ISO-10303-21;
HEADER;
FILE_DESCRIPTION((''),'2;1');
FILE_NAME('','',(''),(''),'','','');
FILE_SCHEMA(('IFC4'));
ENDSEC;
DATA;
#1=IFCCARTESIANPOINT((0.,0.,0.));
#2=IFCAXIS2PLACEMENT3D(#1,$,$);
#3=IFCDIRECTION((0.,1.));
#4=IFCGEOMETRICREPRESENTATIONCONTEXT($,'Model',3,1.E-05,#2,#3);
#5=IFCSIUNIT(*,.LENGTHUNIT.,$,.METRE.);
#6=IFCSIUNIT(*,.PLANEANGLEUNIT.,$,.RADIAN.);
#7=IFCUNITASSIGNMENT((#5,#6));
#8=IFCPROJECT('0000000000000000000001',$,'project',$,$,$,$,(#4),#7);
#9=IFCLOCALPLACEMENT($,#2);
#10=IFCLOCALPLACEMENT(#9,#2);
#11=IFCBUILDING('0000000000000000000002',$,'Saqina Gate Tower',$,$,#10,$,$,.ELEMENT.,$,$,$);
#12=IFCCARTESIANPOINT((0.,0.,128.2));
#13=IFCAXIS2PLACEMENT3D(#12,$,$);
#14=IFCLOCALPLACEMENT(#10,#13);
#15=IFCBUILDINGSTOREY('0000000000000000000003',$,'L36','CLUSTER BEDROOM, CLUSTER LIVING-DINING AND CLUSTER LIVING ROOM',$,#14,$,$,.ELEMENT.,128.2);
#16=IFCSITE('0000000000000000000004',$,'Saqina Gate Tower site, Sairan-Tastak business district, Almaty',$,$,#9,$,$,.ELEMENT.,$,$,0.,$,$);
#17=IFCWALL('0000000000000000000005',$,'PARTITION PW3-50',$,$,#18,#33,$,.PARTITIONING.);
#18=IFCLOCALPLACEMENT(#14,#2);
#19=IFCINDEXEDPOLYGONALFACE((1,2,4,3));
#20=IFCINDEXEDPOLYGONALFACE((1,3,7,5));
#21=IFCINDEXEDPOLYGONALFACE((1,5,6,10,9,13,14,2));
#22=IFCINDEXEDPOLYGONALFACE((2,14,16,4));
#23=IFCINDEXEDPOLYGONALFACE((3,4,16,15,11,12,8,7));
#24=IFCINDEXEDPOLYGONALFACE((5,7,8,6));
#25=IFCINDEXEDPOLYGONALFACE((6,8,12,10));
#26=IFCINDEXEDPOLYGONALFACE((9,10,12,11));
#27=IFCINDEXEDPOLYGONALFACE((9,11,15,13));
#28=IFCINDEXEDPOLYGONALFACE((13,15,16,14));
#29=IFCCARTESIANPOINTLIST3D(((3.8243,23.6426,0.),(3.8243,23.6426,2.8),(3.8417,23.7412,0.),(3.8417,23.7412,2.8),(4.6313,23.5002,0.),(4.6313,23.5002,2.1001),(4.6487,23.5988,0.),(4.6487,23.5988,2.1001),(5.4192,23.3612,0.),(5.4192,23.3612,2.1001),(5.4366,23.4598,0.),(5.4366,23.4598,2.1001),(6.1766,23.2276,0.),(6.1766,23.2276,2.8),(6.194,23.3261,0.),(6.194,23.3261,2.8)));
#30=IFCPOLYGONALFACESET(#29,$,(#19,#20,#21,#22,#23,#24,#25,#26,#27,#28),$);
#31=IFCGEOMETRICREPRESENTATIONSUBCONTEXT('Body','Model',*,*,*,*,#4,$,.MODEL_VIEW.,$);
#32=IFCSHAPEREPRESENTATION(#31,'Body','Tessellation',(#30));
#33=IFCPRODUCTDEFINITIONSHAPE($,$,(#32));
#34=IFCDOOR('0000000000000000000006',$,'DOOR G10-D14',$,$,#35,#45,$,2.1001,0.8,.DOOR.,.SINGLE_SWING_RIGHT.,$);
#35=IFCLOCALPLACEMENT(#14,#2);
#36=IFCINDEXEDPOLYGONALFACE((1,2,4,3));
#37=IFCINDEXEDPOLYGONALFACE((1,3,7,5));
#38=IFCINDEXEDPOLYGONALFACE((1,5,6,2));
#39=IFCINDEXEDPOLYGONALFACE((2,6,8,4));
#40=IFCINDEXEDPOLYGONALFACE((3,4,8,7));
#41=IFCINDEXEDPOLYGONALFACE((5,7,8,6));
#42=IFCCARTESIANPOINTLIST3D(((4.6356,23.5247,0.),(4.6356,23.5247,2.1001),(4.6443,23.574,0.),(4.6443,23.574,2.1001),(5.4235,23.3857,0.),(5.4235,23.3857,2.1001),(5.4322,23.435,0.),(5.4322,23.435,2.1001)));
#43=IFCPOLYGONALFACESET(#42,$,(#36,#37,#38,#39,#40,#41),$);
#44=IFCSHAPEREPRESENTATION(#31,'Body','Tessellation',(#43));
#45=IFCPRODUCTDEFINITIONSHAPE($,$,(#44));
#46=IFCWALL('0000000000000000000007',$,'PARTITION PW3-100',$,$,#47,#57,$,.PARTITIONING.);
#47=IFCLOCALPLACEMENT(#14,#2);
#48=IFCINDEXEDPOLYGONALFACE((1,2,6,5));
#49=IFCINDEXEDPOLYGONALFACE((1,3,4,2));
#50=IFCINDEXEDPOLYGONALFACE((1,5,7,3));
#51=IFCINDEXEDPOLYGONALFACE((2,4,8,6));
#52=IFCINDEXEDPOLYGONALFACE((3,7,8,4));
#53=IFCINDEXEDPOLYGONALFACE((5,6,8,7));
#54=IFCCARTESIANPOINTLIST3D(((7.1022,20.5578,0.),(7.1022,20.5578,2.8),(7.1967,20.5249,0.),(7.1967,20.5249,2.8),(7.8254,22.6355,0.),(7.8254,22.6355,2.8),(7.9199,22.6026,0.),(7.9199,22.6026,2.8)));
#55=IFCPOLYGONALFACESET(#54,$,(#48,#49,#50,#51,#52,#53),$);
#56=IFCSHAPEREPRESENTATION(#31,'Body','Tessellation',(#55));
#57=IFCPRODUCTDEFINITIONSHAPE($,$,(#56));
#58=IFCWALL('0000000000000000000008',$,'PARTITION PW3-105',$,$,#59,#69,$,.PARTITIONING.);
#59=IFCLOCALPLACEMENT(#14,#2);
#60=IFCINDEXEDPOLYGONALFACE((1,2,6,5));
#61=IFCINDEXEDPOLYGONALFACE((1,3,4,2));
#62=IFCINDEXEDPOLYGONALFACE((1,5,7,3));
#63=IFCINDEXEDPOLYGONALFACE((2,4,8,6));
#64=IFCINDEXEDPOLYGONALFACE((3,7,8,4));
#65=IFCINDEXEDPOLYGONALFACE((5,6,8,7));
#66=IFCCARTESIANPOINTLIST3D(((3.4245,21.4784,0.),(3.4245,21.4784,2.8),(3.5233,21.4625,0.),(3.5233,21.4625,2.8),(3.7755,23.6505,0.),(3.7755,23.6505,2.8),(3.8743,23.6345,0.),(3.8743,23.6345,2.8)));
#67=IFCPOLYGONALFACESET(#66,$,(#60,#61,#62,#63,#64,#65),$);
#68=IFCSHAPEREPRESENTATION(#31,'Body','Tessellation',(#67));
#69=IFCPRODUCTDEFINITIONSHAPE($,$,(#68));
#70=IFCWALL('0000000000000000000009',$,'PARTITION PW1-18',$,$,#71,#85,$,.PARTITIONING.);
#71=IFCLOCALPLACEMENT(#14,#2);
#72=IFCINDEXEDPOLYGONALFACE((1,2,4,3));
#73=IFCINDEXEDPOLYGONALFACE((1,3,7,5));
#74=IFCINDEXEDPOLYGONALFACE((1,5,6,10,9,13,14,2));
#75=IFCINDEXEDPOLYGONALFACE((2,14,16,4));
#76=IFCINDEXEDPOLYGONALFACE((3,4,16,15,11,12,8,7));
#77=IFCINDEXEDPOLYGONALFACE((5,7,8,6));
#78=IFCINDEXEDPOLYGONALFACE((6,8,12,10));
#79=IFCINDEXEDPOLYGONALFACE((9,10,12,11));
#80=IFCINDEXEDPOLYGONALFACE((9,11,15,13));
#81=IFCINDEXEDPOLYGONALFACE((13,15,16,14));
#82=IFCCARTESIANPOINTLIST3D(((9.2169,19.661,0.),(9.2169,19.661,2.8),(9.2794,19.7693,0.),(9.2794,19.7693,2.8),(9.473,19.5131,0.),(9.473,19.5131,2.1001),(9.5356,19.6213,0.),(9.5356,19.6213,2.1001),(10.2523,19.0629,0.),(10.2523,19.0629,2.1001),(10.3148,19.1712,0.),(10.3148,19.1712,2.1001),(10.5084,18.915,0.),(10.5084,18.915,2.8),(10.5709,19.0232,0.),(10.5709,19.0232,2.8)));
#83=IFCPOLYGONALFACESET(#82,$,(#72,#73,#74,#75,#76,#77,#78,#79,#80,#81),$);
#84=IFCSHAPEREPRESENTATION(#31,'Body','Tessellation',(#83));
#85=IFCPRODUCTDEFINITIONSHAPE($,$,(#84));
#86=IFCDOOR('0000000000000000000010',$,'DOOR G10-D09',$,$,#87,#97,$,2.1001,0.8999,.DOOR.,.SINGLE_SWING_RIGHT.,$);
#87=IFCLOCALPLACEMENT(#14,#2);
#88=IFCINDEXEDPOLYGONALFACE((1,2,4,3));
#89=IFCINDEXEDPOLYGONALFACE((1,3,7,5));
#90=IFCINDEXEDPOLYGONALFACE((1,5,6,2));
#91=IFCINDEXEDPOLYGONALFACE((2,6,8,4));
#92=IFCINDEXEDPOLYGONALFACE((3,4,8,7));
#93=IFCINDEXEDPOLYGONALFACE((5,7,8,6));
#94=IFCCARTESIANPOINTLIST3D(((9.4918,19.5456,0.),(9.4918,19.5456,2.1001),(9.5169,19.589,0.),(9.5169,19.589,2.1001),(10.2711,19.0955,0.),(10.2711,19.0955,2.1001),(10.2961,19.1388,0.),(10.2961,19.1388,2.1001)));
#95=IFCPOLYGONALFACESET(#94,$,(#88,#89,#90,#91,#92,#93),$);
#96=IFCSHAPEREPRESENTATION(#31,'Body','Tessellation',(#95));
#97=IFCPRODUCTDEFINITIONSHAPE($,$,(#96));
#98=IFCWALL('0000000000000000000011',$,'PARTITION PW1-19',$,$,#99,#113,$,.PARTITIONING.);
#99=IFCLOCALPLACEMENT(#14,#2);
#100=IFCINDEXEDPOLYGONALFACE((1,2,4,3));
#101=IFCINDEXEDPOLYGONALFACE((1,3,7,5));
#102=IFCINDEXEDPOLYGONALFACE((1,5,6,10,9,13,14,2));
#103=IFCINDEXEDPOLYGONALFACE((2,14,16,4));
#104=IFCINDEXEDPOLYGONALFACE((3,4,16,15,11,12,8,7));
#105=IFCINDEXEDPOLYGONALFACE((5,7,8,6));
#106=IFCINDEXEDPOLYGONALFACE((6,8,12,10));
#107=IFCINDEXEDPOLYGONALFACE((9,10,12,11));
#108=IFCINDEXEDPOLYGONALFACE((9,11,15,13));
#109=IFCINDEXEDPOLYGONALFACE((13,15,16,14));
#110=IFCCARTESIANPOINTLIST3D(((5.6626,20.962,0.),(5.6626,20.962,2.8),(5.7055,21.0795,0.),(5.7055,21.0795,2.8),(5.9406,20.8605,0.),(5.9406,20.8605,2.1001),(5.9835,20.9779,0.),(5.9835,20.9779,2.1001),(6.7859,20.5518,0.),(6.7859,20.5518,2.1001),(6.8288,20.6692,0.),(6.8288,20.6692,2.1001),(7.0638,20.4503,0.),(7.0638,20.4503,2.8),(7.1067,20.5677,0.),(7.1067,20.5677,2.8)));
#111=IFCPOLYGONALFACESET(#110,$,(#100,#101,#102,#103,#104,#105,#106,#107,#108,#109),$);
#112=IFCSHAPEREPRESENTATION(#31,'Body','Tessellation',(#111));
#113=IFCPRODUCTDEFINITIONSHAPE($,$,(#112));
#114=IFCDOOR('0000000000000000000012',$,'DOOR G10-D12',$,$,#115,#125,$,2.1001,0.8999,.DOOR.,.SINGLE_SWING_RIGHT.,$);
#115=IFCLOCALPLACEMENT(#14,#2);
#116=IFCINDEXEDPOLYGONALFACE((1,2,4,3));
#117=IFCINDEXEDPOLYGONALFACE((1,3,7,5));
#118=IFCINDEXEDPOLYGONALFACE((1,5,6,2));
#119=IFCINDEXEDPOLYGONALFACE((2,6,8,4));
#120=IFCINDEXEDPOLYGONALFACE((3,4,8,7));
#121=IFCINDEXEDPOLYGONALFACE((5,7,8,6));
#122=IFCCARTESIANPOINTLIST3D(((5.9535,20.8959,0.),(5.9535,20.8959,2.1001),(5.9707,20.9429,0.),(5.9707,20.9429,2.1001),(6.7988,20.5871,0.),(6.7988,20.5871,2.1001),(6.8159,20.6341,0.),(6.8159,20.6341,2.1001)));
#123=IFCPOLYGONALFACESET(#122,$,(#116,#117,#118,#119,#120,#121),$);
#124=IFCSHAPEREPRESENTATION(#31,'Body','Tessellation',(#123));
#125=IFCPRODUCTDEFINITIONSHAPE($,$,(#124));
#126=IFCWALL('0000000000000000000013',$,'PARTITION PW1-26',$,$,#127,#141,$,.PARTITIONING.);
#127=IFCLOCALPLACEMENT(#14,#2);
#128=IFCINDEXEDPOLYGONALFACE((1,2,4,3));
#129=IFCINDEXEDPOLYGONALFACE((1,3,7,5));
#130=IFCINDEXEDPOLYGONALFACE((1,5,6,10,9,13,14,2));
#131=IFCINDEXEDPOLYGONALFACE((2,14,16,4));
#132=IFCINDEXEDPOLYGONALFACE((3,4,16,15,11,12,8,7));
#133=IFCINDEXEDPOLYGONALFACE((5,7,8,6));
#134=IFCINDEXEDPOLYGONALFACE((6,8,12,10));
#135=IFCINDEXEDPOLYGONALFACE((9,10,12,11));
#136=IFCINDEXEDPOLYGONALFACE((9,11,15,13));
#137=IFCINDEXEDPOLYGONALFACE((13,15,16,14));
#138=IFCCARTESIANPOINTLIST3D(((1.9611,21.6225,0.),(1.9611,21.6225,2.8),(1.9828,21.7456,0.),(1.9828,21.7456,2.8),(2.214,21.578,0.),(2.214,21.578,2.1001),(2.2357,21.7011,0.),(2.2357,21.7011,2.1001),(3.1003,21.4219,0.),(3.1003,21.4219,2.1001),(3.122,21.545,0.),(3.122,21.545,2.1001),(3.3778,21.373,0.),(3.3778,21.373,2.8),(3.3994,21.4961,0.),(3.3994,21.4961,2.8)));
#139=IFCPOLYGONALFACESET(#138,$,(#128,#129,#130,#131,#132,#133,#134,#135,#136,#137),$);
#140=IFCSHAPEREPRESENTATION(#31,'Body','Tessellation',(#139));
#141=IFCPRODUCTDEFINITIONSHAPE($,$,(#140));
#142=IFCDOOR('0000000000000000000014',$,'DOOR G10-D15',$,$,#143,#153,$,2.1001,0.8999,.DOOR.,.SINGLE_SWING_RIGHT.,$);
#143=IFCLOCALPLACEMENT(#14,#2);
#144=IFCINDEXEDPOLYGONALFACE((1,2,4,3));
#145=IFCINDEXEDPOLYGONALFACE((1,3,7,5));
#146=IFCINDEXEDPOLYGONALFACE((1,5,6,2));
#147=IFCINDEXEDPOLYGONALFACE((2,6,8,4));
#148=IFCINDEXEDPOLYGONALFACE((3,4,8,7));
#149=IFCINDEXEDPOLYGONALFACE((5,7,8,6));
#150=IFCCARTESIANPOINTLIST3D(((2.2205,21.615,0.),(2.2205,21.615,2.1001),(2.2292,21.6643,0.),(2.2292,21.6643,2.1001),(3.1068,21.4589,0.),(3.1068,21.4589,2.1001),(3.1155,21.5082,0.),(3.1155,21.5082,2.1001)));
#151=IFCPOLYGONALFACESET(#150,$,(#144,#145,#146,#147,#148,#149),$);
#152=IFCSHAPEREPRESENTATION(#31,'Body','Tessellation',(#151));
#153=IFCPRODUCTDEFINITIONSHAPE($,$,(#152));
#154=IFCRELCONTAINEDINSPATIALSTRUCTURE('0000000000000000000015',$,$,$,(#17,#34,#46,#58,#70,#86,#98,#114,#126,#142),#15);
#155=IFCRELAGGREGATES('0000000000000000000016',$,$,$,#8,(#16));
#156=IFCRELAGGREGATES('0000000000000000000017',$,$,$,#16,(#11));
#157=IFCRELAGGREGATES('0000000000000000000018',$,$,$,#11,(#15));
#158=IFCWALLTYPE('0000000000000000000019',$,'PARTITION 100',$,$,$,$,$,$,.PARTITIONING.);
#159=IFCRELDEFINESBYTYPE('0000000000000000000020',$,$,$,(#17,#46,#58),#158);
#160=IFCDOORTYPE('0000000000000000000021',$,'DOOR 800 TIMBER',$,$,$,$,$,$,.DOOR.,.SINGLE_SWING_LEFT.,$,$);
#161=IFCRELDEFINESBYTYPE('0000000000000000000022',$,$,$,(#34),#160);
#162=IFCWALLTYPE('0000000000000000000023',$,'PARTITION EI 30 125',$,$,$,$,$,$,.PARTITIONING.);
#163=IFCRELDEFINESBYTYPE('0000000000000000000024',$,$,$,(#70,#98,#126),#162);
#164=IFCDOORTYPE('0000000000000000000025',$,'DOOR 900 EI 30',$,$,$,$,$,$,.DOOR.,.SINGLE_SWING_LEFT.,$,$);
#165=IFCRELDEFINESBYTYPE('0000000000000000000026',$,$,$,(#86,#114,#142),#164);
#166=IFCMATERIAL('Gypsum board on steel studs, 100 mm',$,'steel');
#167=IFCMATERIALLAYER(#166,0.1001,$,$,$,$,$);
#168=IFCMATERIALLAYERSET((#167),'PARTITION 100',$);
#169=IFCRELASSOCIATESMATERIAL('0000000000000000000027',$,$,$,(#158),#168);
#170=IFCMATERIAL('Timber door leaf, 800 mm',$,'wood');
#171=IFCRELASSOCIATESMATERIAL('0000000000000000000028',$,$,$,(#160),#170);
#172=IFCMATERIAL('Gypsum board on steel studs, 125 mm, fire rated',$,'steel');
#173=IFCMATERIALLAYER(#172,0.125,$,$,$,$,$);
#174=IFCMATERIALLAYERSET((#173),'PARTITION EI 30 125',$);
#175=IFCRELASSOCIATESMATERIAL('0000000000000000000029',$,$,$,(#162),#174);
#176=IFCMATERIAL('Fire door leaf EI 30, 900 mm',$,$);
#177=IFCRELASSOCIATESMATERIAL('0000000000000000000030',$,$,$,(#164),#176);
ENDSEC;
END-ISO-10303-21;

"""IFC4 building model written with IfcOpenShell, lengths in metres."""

from ifc_helpers import new_model, si_unit, direction, frame, frame_2d, origin, place, context, subcontext, project, spatial, rectangle, extrude, material, layer, layer_set, type_object, element, fill, save


model = new_model("IFC4")

# Units and contexts
model_context = context("Model", 3, precision=1e-05, world=origin(), true_north=direction((0.0, 1.0)))
body_context = subcontext(model_context, "Body", "Model", "MODEL_VIEW")
ifc_project = project(units=[si_unit("LENGTHUNIT", "METRE"), si_unit("PLANEANGLEUNIT", "RADIAN")], contexts=[model_context])

# Site, building, storey
site_placement = place(None, origin())
site = spatial("IfcSite", under=ifc_project, at=site_placement, Name="Saqina Gate Tower site, Sairan-Tastak business district, Almaty", CompositionType="ELEMENT", RefElevation=0.0)
building_placement = place(site_placement, origin())
building = spatial("IfcBuilding", under=site, at=building_placement, Name="Saqina Gate Tower", CompositionType="ELEMENT")
storey_placement = place(building_placement, frame((0.0, 0.0, 128.2)))
storey = spatial("IfcBuildingStorey", under=building, at=storey_placement, Name="L36", Description="CLUSTER BEDROOM, CLUSTER LIVING-DINING AND CLUSTER LIVING ROOM", CompositionType="ELEMENT", Elevation=128.2)

# Shared definitions
ifc_material_1 = material(Name="Gypsum board on steel studs, 100 mm", Category="steel")
ifc_layer_1 = layer(ifc_material_1, 0.1001)
ifc_layer_set_1 = layer_set([ifc_layer_1], Name="PARTITION 100")
wall_type_1 = type_object("IfcWallType", Name="PARTITION 100", PredefinedType="PARTITIONING", material=ifc_layer_set_1)

# Shared definitions
ifc_material_2 = material(Name="Timber door leaf, 800 mm", Category="wood")
door_type_1 = type_object("IfcDoorType", Name="DOOR 800 TIMBER", OperationType="SINGLE_SWING_LEFT", PredefinedType="DOOR", material=ifc_material_2)

# Wall, opening, door
wall_1_placement = place(storey_placement, frame((3.833, 23.6919, 0.0), z_axis=(0.0, 0.0, 1.0), x_axis=(0.984789, -0.173756, 0.0)))
wall_1 = element("IfcWall", 1, at=wall_1_placement, inside=storey, type_object=wall_type_1, Name="PARTITION PW3-50", PredefinedType="PARTITIONING", context=body_context, shape_type="SweptSolid", body=[
    extrude(rectangle(XDim=2.3887, YDim=0.1001, at=frame_2d((1.1943, 0.0))), origin(), (0.0, 0.0, 1.0), 2.8),
])
opening_1_placement = place(wall_1_placement, frame((0.8196, 0.0, 0.0)))
opening_1 = element("IfcOpeningElement", 2, at=opening_1_placement, cuts=wall_1, PredefinedType="OPENING", context=body_context, shape_type="SweptSolid", body=[
    extrude(rectangle(XDim=0.8, YDim=2.1001, at=frame_2d((0.3999, 1.05))), frame((0.0, 0.062, 0.0), z_axis=(0.0, -1.0, 0.0), x_axis=(1.0, 0.0, 0.0)), (0.0, 0.0, 1.0), 0.124),
])
door_1_placement = place(opening_1_placement, origin())
door_1 = element("IfcDoor", 3, at=door_1_placement, inside=storey, type_object=door_type_1, Name="DOOR G10-D14", OperationType="SINGLE_SWING_RIGHT", OverallHeight=2.1001, OverallWidth=0.8, PredefinedType="DOOR", context=body_context, shape_type="SweptSolid", body=[
    extrude(rectangle(XDim=0.8, YDim=2.1001, at=frame_2d((0.3999, 1.05))), frame((0.0, 0.0249, 0.0), z_axis=(0.0, -1.0, 0.0), x_axis=(1.0, 0.0, 0.0)), (0.0, 0.0, 1.0), 0.05),
])
fill(opening_1, door_1)

# Walls
wall_2_placement = place(storey_placement, frame((7.1494, 20.5413, 0.0), z_axis=(0.0, 0.0, 1.0), x_axis=(0.328719, 0.944428, 0.0)))
element("IfcWall", 4, at=wall_2_placement, inside=storey, type_object=wall_type_1, Name="PARTITION PW3-100", PredefinedType="PARTITIONING", context=body_context, shape_type="SweptSolid", body=[
    extrude(rectangle(XDim=2.2, YDim=0.1001, at=frame_2d((1.1001, 0.0))), origin(), (0.0, 0.0, 1.0), 2.8),
])
wall_3_placement = place(storey_placement, frame((3.4739, 21.4705, 0.0), z_axis=(0.0, 0.0, 1.0), x_axis=(0.159557, 0.987189, 0.0)))
element("IfcWall", 5, at=wall_3_placement, inside=storey, type_object=wall_type_1, Name="PARTITION PW3-105", PredefinedType="PARTITIONING", context=body_context, shape_type="SweptSolid", body=[
    extrude(rectangle(XDim=2.2002, YDim=0.1001, at=frame_2d((1.1001, 0.0))), origin(), (0.0, 0.0, 1.0), 2.8),
])

# Walls, openings, doors
ifc_material_3 = material(Name="Gypsum board on steel studs, 125 mm, fire rated", Category="steel")
ifc_layer_2 = layer(ifc_material_3, 0.125)
ifc_layer_set_2 = layer_set([ifc_layer_2], Name="PARTITION EI 30 125")
wall_type_2 = type_object("IfcWallType", Name="PARTITION EI 30 125", PredefinedType="PARTITIONING", material=ifc_layer_set_2)
wall_4_placement = place(storey_placement, frame((9.2483, 19.7151, 0.0), z_axis=(0.0, 0.0, 1.0), x_axis=(0.865897, -0.500223, 0.0)))
wall_4 = element("IfcWall", 6, at=wall_4_placement, inside=storey, type_object=wall_type_2, Name="PARTITION PW1-18", PredefinedType="PARTITIONING", context=body_context, shape_type="SweptSolid", body=[
    extrude(rectangle(XDim=1.4915, YDim=0.125, at=frame_2d((0.7456, 0.0))), origin(), (0.0, 0.0, 1.0), 2.8),
])
opening_2_placement = place(wall_4_placement, frame((0.2957, 0.0, 0.0)))
opening_2 = element("IfcOpeningElement", 7, at=opening_2_placement, cuts=wall_4, PredefinedType="OPENING", context=body_context, shape_type="SweptSolid", body=[
    extrude(rectangle(XDim=0.8999, YDim=2.1001, at=frame_2d((0.45, 1.05))), frame((0.0, 0.0745, 0.0), z_axis=(0.0, -1.0, 0.0), x_axis=(1.0, 0.0, 0.0)), (0.0, 0.0, 1.0), 0.1489),
])
ifc_material_4 = material(Name="Fire door leaf EI 30, 900 mm")
door_type_2 = type_object("IfcDoorType", Name="DOOR 900 EI 30", OperationType="SINGLE_SWING_LEFT", PredefinedType="DOOR", material=ifc_material_4)
door_2_placement = place(opening_2_placement, frame((0.8999, 0.0, 0.0), z_axis=(0.0, 0.0, 1.0), x_axis=(-1.0, 0.0, 0.0)))
door_2 = element("IfcDoor", 8, at=door_2_placement, inside=storey, type_object=door_type_2, Name="DOOR G10-D09", OperationType="SINGLE_SWING_RIGHT", OverallHeight=2.1001, OverallWidth=0.8999, PredefinedType="DOOR", context=body_context, shape_type="SweptSolid", body=[
    extrude(rectangle(XDim=0.8999, YDim=2.1001, at=frame_2d((0.45, 1.05))), frame((0.0, 0.0249, 0.0), z_axis=(0.0, -1.0, 0.0), x_axis=(1.0, 0.0, 0.0)), (0.0, 0.0, 1.0), 0.05),
])
fill(opening_2, door_2)
wall_5_placement = place(storey_placement, frame((5.6841, 21.0208, 0.0), z_axis=(0.0, 0.0, 1.0), x_axis=(0.939315, -0.343057, 0.0)))
wall_5 = element("IfcWall", 9, at=wall_5_placement, inside=storey, type_object=wall_type_2, Name="PARTITION PW1-19", PredefinedType="PARTITIONING", context=body_context, shape_type="SweptSolid", body=[
    extrude(rectangle(XDim=1.4917, YDim=0.125, at=frame_2d((0.7458, 0.0))), origin(), (0.0, 0.0, 1.0), 2.8),
])
opening_3_placement = place(wall_5_placement, frame((0.2959, 0.0, 0.0)))
opening_3 = element("IfcOpeningElement", 10, at=opening_3_placement, cuts=wall_5, PredefinedType="OPENING", context=body_context, shape_type="SweptSolid", body=[
    extrude(rectangle(XDim=0.8999, YDim=2.1001, at=frame_2d((0.45, 1.05))), frame((0.0, 0.0745, 0.0), z_axis=(0.0, -1.0, 0.0), x_axis=(1.0, 0.0, 0.0)), (0.0, 0.0, 1.0), 0.1489),
])
door_3_placement = place(opening_3_placement, frame((0.8999, 0.0, 0.0), z_axis=(0.0, 0.0, 1.0), x_axis=(-1.0, 0.0, 0.0)))
door_3 = element("IfcDoor", 11, at=door_3_placement, inside=storey, type_object=door_type_2, Name="DOOR G10-D12", OperationType="SINGLE_SWING_RIGHT", OverallHeight=2.1001, OverallWidth=0.8999, PredefinedType="DOOR", context=body_context, shape_type="SweptSolid", body=[
    extrude(rectangle(XDim=0.8999, YDim=2.1001, at=frame_2d((0.45, 1.05))), frame((0.0, 0.0249, 0.0), z_axis=(0.0, -1.0, 0.0), x_axis=(1.0, 0.0, 0.0)), (0.0, 0.0, 1.0), 0.05),
])
fill(opening_3, door_3)
wall_6_placement = place(storey_placement, frame((1.9719, 21.6841, 0.0), z_axis=(0.0, 0.0, 1.0), x_axis=(0.984843, -0.173446, 0.0)))
wall_6 = element("IfcWall", 12, at=wall_6_placement, inside=storey, type_object=wall_type_2, Name="PARTITION PW1-26", PredefinedType="PARTITIONING", context=body_context, shape_type="SweptSolid", body=[
    extrude(rectangle(XDim=1.4385, YDim=0.125, at=frame_2d((0.7192, 0.0))), origin(), (0.0, 0.0, 1.0), 2.8),
])
opening_4_placement = place(wall_6_placement, frame((0.2568, 0.0, 0.0)))
opening_4 = element("IfcOpeningElement", 13, at=opening_4_placement, cuts=wall_6, PredefinedType="OPENING", context=body_context, shape_type="SweptSolid", body=[
    extrude(rectangle(XDim=0.8999, YDim=2.1001, at=frame_2d((0.45, 1.05))), frame((0.0, 0.0745, 0.0), z_axis=(0.0, -1.0, 0.0), x_axis=(1.0, 0.0, 0.0)), (0.0, 0.0, 1.0), 0.1489),
])
door_4_placement = place(opening_4_placement, frame((0.8999, 0.0, 0.0), z_axis=(0.0, 0.0, 1.0), x_axis=(-1.0, 0.0, 0.0)))
door_4 = element("IfcDoor", 14, at=door_4_placement, inside=storey, type_object=door_type_2, Name="DOOR G10-D15", OperationType="SINGLE_SWING_RIGHT", OverallHeight=2.1001, OverallWidth=0.8999, PredefinedType="DOOR", context=body_context, shape_type="SweptSolid", body=[
    extrude(rectangle(XDim=0.8999, YDim=2.1001, at=frame_2d((0.45, 1.05))), frame((0.0, 0.0249, 0.0), z_axis=(0.0, -1.0, 0.0), x_axis=(1.0, 0.0, 0.0)), (0.0, 0.0, 1.0), 0.05),
])
fill(opening_4, door_4)

save(model, "model.ifc")
